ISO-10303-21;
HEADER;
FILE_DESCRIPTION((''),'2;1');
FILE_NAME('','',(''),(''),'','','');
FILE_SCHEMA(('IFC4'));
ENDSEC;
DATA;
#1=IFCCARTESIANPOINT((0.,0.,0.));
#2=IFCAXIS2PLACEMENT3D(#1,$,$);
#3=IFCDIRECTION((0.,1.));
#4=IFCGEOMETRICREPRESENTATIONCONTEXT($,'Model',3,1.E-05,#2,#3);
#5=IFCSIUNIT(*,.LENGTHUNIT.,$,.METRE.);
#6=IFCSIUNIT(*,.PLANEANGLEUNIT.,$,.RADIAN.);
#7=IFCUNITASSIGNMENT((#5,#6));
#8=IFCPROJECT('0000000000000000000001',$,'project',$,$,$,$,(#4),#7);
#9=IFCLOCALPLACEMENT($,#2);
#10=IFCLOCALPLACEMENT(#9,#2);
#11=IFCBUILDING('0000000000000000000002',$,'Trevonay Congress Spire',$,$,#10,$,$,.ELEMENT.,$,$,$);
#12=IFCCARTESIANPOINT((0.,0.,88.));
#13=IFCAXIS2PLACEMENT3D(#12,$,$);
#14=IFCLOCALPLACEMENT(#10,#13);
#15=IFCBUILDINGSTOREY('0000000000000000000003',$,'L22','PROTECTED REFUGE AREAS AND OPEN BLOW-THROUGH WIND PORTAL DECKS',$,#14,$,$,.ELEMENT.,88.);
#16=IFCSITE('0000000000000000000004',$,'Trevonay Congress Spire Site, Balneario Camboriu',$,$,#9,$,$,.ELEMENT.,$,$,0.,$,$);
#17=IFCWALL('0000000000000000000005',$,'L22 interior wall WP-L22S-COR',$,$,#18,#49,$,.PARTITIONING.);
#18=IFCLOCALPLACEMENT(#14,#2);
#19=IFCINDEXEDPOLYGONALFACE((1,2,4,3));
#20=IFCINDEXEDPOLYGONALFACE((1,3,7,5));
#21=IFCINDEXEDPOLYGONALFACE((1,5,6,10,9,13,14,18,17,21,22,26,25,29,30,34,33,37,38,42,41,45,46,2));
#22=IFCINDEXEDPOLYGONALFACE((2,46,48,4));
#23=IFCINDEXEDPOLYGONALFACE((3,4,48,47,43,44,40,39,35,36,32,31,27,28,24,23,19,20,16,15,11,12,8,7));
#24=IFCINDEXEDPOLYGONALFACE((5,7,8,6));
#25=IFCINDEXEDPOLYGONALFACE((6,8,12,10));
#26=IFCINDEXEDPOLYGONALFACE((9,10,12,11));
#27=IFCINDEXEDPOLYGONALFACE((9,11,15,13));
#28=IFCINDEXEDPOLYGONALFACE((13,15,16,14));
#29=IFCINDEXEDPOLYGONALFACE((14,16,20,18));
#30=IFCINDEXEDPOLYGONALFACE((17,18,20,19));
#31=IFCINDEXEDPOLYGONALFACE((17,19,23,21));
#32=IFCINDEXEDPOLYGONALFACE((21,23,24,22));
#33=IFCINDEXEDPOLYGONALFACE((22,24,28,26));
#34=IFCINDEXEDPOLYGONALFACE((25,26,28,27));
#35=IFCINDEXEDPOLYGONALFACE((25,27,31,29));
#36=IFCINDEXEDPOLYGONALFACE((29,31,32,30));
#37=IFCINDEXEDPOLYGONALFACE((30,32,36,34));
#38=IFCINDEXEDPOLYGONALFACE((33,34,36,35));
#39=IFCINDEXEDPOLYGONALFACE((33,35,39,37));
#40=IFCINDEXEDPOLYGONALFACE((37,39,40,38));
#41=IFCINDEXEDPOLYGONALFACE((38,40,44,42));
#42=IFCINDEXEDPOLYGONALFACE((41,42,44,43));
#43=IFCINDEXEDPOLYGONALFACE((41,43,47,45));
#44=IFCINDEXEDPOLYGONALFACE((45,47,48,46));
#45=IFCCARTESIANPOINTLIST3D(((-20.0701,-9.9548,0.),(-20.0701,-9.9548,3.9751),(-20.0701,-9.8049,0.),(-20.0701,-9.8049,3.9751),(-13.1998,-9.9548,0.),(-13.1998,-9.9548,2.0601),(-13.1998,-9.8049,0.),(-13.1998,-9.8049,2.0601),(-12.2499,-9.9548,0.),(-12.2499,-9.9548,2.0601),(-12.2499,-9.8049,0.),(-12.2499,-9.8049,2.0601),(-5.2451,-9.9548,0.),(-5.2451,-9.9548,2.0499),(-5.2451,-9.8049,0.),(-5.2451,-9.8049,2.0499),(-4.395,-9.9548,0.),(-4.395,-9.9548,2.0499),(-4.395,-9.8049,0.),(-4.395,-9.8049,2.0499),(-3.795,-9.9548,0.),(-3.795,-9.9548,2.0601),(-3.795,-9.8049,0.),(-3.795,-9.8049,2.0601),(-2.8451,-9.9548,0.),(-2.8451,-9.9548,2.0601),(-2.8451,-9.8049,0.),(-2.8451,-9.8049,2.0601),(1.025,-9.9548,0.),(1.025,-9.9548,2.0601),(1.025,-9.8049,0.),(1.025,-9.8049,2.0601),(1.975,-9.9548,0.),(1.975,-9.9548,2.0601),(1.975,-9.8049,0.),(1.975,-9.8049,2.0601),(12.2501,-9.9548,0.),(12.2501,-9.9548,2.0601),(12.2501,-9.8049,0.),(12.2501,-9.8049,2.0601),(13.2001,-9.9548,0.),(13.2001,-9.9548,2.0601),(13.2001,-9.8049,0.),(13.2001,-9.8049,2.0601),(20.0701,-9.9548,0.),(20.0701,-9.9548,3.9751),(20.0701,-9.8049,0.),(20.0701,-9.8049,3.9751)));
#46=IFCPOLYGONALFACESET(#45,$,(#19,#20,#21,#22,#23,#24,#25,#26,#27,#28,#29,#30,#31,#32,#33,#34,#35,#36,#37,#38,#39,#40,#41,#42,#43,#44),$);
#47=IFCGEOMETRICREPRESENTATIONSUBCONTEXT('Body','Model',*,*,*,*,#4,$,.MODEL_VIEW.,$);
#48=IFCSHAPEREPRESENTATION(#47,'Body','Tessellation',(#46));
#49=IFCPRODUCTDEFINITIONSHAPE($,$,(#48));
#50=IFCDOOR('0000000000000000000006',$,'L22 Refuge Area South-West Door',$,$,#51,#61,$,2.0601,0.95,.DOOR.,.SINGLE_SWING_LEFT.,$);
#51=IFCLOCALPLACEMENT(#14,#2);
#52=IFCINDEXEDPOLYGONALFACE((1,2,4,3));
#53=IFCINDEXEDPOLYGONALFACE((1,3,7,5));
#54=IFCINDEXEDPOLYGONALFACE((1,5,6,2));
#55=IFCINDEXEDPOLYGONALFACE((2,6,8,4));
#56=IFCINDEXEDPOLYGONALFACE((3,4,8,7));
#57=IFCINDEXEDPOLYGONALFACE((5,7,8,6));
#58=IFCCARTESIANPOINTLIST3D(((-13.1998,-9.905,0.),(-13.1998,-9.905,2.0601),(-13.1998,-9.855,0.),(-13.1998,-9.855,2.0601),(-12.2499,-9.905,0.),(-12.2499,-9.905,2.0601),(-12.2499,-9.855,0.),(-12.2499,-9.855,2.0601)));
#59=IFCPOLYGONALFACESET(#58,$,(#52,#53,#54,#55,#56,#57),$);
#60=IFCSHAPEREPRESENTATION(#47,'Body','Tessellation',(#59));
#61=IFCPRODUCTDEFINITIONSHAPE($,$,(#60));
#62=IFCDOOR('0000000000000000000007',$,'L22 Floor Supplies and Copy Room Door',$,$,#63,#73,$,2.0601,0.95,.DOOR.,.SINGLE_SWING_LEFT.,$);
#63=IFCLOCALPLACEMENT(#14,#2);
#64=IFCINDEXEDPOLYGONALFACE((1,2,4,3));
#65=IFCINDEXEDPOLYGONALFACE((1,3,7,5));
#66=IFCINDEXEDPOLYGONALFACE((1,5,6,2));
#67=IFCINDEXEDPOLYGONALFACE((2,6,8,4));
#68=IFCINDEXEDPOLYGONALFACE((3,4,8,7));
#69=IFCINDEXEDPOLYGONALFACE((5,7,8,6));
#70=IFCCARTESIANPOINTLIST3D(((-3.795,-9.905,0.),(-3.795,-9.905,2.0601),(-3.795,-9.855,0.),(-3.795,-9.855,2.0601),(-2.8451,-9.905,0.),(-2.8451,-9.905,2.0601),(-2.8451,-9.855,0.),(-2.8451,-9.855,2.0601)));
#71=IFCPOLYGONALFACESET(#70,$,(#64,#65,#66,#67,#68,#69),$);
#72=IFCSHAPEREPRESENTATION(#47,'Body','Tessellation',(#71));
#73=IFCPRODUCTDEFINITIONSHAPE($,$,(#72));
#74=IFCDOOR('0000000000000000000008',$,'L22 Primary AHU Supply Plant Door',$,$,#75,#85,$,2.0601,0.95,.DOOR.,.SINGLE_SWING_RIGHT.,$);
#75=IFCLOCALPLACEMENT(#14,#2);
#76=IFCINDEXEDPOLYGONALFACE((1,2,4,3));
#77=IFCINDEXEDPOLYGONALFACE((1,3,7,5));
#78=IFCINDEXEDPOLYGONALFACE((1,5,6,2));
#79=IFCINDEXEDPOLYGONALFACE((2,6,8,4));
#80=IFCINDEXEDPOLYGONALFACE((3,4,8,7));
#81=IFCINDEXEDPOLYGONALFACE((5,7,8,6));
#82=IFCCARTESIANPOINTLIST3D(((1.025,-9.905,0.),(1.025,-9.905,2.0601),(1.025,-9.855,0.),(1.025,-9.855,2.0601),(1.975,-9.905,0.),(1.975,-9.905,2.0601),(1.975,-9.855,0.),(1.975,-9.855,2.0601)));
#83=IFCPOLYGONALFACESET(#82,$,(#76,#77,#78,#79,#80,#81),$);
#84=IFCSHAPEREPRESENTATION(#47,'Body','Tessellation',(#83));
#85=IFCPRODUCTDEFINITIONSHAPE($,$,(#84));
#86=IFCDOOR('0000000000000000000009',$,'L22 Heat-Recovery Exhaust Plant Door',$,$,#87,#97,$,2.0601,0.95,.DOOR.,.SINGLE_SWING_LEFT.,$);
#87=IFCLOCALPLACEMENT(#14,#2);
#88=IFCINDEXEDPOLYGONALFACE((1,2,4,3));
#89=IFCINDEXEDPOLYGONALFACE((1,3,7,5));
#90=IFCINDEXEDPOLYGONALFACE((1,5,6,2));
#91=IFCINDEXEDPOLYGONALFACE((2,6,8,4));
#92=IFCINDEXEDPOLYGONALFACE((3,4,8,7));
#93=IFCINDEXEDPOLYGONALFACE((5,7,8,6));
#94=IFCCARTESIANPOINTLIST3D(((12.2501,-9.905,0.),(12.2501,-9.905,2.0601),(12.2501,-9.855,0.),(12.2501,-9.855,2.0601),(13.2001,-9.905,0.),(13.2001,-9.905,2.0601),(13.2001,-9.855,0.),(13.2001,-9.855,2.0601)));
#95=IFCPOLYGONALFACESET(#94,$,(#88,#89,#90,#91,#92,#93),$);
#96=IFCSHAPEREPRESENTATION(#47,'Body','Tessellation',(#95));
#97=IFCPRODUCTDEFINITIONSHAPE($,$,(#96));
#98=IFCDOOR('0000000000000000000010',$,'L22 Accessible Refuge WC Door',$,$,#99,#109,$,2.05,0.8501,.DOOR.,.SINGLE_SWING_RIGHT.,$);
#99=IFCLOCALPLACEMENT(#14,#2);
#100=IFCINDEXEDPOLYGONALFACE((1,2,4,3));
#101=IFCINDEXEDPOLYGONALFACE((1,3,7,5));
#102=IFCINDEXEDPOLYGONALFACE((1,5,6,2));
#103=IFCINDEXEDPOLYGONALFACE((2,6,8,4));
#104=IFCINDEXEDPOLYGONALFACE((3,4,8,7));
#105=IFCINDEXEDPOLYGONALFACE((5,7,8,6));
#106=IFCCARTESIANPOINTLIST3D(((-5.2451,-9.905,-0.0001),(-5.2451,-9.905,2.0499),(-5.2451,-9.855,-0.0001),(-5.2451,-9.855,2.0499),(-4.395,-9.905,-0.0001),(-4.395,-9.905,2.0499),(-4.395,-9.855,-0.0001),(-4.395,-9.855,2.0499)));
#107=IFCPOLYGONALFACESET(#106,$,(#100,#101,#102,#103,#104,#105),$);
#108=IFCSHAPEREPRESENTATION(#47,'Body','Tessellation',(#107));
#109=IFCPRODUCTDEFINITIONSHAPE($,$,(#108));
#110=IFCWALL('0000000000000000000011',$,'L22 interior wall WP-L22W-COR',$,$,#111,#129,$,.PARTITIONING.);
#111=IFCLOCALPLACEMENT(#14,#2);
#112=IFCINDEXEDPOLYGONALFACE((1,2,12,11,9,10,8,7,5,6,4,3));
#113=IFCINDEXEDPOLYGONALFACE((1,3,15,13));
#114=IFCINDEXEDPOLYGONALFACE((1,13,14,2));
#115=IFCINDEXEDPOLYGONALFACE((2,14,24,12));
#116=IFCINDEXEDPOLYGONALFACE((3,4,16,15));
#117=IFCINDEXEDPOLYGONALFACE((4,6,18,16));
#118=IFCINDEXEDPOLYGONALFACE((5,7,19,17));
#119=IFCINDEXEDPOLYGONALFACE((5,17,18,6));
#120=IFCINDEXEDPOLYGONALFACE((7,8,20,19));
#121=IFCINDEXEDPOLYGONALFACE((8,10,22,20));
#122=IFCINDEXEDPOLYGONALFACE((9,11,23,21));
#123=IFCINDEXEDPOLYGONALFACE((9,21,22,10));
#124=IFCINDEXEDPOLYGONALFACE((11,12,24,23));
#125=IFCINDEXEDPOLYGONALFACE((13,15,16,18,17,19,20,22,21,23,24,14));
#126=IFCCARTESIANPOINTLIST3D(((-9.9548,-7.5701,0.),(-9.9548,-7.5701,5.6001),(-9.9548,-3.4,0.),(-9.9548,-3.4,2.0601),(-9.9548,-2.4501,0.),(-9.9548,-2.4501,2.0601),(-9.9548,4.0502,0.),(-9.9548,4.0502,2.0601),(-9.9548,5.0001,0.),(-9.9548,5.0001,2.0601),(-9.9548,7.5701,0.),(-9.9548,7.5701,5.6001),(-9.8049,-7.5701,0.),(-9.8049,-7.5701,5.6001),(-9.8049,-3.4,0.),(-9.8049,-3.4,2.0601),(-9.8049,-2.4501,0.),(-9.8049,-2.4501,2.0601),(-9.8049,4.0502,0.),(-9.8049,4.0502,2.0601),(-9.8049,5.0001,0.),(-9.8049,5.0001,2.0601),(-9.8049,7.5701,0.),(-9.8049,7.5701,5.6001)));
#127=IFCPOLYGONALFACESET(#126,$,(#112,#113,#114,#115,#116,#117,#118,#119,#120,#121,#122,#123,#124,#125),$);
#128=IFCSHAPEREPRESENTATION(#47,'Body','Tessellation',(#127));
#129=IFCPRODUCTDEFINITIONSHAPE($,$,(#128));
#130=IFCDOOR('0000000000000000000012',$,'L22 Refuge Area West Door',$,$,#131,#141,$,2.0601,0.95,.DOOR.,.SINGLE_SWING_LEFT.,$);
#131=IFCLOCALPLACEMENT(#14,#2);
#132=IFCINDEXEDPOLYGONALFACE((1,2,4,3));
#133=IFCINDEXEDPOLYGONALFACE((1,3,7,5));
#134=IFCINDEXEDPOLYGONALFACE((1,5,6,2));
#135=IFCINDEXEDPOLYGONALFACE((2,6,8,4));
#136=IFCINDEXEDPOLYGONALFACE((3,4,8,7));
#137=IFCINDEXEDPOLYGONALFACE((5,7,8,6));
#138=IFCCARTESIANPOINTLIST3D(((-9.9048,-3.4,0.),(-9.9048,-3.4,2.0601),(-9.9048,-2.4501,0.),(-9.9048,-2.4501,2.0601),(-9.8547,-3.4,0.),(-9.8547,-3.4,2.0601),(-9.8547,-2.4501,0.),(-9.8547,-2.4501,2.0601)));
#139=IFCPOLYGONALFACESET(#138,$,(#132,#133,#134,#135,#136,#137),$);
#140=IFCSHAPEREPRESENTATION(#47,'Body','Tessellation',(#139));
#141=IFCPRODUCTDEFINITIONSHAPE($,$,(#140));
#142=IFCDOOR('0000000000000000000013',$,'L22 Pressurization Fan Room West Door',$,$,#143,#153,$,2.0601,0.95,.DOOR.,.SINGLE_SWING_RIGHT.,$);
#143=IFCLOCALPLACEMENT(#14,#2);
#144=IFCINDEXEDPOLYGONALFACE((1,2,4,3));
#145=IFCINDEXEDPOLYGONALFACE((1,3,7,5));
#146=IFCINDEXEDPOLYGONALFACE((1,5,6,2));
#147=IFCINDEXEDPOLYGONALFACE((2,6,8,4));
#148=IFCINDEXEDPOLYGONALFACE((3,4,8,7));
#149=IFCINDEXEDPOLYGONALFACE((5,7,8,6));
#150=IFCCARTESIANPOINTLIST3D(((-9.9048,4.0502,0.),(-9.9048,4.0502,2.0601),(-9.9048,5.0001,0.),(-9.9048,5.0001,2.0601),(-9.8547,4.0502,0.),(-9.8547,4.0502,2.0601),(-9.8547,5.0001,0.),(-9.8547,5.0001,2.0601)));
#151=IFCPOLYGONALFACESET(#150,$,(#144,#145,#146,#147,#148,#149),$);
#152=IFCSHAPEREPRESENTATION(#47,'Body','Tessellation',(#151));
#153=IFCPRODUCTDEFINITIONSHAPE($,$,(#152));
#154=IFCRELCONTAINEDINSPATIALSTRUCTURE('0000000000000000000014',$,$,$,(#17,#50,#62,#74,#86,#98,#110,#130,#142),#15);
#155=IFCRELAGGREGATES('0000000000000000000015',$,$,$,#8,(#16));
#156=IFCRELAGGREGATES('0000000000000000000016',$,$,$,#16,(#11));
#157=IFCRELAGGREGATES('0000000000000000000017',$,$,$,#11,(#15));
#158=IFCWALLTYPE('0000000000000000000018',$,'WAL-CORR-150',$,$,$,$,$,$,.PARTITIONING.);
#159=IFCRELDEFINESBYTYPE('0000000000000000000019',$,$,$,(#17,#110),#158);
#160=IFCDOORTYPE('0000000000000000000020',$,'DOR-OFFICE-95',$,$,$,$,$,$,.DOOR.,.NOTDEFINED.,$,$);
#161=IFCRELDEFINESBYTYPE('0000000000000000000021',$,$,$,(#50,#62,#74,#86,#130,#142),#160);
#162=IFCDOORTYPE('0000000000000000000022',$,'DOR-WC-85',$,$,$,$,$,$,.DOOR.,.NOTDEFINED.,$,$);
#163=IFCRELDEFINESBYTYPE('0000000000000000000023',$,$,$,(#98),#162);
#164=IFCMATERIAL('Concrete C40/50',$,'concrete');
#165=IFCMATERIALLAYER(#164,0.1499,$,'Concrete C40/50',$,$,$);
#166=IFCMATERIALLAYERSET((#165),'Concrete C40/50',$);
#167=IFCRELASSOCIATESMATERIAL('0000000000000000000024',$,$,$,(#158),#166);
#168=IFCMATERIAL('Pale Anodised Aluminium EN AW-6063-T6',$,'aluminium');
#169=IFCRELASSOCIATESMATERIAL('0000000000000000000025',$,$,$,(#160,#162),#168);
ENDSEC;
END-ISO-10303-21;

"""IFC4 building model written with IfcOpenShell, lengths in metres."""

from ifc_helpers import new_model, si_unit, direction, frame, frame_2d, origin, place, context, subcontext, project, spatial, rectangle, extrude, material, layer, layer_set, type_object, element, fill, save


model = new_model("IFC4")

# Units and contexts
model_context = context("Model", 3, precision=1e-05, world=origin(), true_north=direction((0.0, 1.0)))
body_context = subcontext(model_context, "Body", "Model", "MODEL_VIEW")
ifc_project = project(units=[si_unit("LENGTHUNIT", "METRE"), si_unit("PLANEANGLEUNIT", "RADIAN")], contexts=[model_context])

# Site, building, storey
site_placement = place(None, origin())
site = spatial("IfcSite", under=ifc_project, at=site_placement, Name="Trevonay Congress Spire Site, Balneario Camboriu", CompositionType="ELEMENT", RefElevation=0.0)
building_placement = place(site_placement, origin())
building = spatial("IfcBuilding", under=site, at=building_placement, Name="Trevonay Congress Spire", CompositionType="ELEMENT")
storey_placement = place(building_placement, frame((0.0, 0.0, 88.0)))
storey = spatial("IfcBuildingStorey", under=building, at=storey_placement, Name="L22", Description="PROTECTED REFUGE AREAS AND OPEN BLOW-THROUGH WIND PORTAL DECKS", CompositionType="ELEMENT", Elevation=88.0)

# Walls, openings, doors
ifc_material_1 = material(Name="Concrete C40/50", Category="concrete")
ifc_layer_1 = layer(ifc_material_1, 0.1499, Name="Concrete C40/50")
ifc_layer_set_1 = layer_set([ifc_layer_1], Name="Concrete C40/50")
wall_type_1 = type_object("IfcWallType", Name="WAL-CORR-150", PredefinedType="PARTITIONING", material=ifc_layer_set_1)
wall_1_placement = place(storey_placement, frame((-20.0701, -9.8799, 0.0), z_axis=(0.0, 0.0, 1.0), x_axis=(1.0, 0.0, 0.0)))
wall_1 = element("IfcWall", 1, at=wall_1_placement, inside=storey, type_object=wall_type_1, Name="L22 interior wall WP-L22S-COR", PredefinedType="PARTITIONING", context=body_context, shape_type="SweptSolid", body=[
    extrude(rectangle(XDim=40.1401, YDim=0.1499, at=frame_2d((20.0701, 0.0))), origin(), (0.0, 0.0, 1.0), 3.9751),
])
opening_1_placement = place(wall_1_placement, frame((6.8701, 0.0, 0.0)))
opening_1 = element("IfcOpeningElement", 2, at=opening_1_placement, cuts=wall_1, PredefinedType="OPENING", context=body_context, shape_type="SweptSolid", body=[
    extrude(rectangle(XDim=0.95, YDim=2.0601, at=frame_2d((0.4751, 1.03))), frame((0.0, 0.085, 0.0), z_axis=(0.0, -1.0, 0.0), x_axis=(1.0, 0.0, 0.0)), (0.0, 0.0, 1.0), 0.1699),
])
opening_2_placement = place(wall_1_placement, frame((14.825, 0.0, 0.0)))
opening_2 = element("IfcOpeningElement", 3, at=opening_2_placement, cuts=wall_1, PredefinedType="OPENING", context=body_context, shape_type="SweptSolid", body=[
    extrude(rectangle(XDim=0.8501, YDim=2.05, at=frame_2d((0.425, 1.0249))), frame((0.0, 0.085, 0.0), z_axis=(0.0, -1.0, 0.0), x_axis=(1.0, 0.0, 0.0)), (0.0, 0.0, 1.0), 0.1699),
])
opening_3_placement = place(wall_1_placement, frame((16.2749, 0.0, 0.0)))
opening_3 = element("IfcOpeningElement", 4, at=opening_3_placement, cuts=wall_1, PredefinedType="OPENING", context=body_context, shape_type="SweptSolid", body=[
    extrude(rectangle(XDim=0.95, YDim=2.0601, at=frame_2d((0.4751, 1.03))), frame((0.0, 0.085, 0.0), z_axis=(0.0, -1.0, 0.0), x_axis=(1.0, 0.0, 0.0)), (0.0, 0.0, 1.0), 0.1699),
])
opening_4_placement = place(wall_1_placement, frame((21.095, 0.0, 0.0)))
opening_4 = element("IfcOpeningElement", 5, at=opening_4_placement, cuts=wall_1, PredefinedType="OPENING", context=body_context, shape_type="SweptSolid", body=[
    extrude(rectangle(XDim=0.95, YDim=2.0601, at=frame_2d((0.4751, 1.03))), frame((0.0, 0.085, 0.0), z_axis=(0.0, -1.0, 0.0), x_axis=(1.0, 0.0, 0.0)), (0.0, 0.0, 1.0), 0.1699),
])
opening_5_placement = place(wall_1_placement, frame((32.3201, 0.0, 0.0)))
opening_5 = element("IfcOpeningElement", 6, at=opening_5_placement, cuts=wall_1, PredefinedType="OPENING", context=body_context, shape_type="SweptSolid", body=[
    extrude(rectangle(XDim=0.95, YDim=2.0601, at=frame_2d((0.4751, 1.03))), frame((0.0, 0.085, 0.0), z_axis=(0.0, -1.0, 0.0), x_axis=(1.0, 0.0, 0.0)), (0.0, 0.0, 1.0), 0.1699),
])
ifc_material_2 = material(Name="Pale Anodised Aluminium EN AW-6063-T6", Category="aluminium")
door_type_1 = type_object("IfcDoorType", Name="DOR-OFFICE-95", OperationType="NOTDEFINED", PredefinedType="DOOR", material=ifc_material_2)
door_1_placement = place(opening_1_placement, origin())
door_1 = element("IfcDoor", 7, at=door_1_placement, inside=storey, type_object=door_type_1, Name="L22 Refuge Area South-West Door", OperationType="SINGLE_SWING_LEFT", OverallHeight=2.0601, OverallWidth=0.95, PredefinedType="DOOR", context=body_context, shape_type="SweptSolid", body=[
    extrude(rectangle(XDim=0.95, YDim=2.0601, at=frame_2d((0.4751, 1.03))), frame((0.0, 0.0249, 0.0), z_axis=(0.0, -1.0, 0.0), x_axis=(1.0, 0.0, 0.0)), (0.0, 0.0, 1.0), 0.05),
])
fill(opening_1, door_1)
door_2_placement = place(opening_3_placement, origin())
door_2 = element("IfcDoor", 8, at=door_2_placement, inside=storey, type_object=door_type_1, Name="L22 Floor Supplies and Copy Room Door", OperationType="SINGLE_SWING_LEFT", OverallHeight=2.0601, OverallWidth=0.95, PredefinedType="DOOR", context=body_context, shape_type="SweptSolid", body=[
    extrude(rectangle(XDim=0.95, YDim=2.0601, at=frame_2d((0.4751, 1.03))), frame((0.0, 0.0249, 0.0), z_axis=(0.0, -1.0, 0.0), x_axis=(1.0, 0.0, 0.0)), (0.0, 0.0, 1.0), 0.05),
])
fill(opening_3, door_2)
door_3_placement = place(opening_4_placement, origin())
door_3 = element("IfcDoor", 9, at=door_3_placement, inside=storey, type_object=door_type_1, Name="L22 Primary AHU Supply Plant Door", OperationType="SINGLE_SWING_RIGHT", OverallHeight=2.0601, OverallWidth=0.95, PredefinedType="DOOR", context=body_context, shape_type="SweptSolid", body=[
    extrude(rectangle(XDim=0.95, YDim=2.0601, at=frame_2d((0.4751, 1.03))), frame((0.0, 0.0249, 0.0), z_axis=(0.0, -1.0, 0.0), x_axis=(1.0, 0.0, 0.0)), (0.0, 0.0, 1.0), 0.05),
])
fill(opening_4, door_3)
door_4_placement = place(opening_5_placement, origin())
door_4 = element("IfcDoor", 10, at=door_4_placement, inside=storey, type_object=door_type_1, Name="L22 Heat-Recovery Exhaust Plant Door", OperationType="SINGLE_SWING_LEFT", OverallHeight=2.0601, OverallWidth=0.95, PredefinedType="DOOR", context=body_context, shape_type="SweptSolid", body=[
    extrude(rectangle(XDim=0.95, YDim=2.0601, at=frame_2d((0.4751, 1.03))), frame((0.0, 0.0249, 0.0), z_axis=(0.0, -1.0, 0.0), x_axis=(1.0, 0.0, 0.0)), (0.0, 0.0, 1.0), 0.05),
])
fill(opening_5, door_4)
door_type_2 = type_object("IfcDoorType", Name="DOR-WC-85", OperationType="NOTDEFINED", PredefinedType="DOOR", material=ifc_material_2)
door_5_placement = place(opening_2_placement, origin())
door_5 = element("IfcDoor", 11, at=door_5_placement, inside=storey, type_object=door_type_2, Name="L22 Accessible Refuge WC Door", OperationType="SINGLE_SWING_RIGHT", OverallHeight=2.05, OverallWidth=0.8501, PredefinedType="DOOR", context=body_context, shape_type="SweptSolid", body=[
    extrude(rectangle(XDim=0.8501, YDim=2.05, at=frame_2d((0.425, 1.0249))), frame((0.0, 0.0249, 0.0), z_axis=(0.0, -1.0, 0.0), x_axis=(1.0, 0.0, 0.0)), (0.0, 0.0, 1.0), 0.05),
])
fill(opening_2, door_5)
wall_2_placement = place(storey_placement, frame((-9.8799, -7.5701, 0.0), z_axis=(0.0, 0.0, 1.0), x_axis=(0.0, 1.0, 0.0)))
wall_2 = element("IfcWall", 12, at=wall_2_placement, inside=storey, type_object=wall_type_1, Name="L22 interior wall WP-L22W-COR", PredefinedType="PARTITIONING", context=body_context, shape_type="SweptSolid", body=[
    extrude(rectangle(XDim=15.1401, YDim=0.1499, at=frame_2d((7.5701, 0.0))), origin(), (0.0, 0.0, 1.0), 5.6001),
])
opening_6_placement = place(wall_2_placement, frame((4.1699, 0.0, 0.0)))
opening_6 = element("IfcOpeningElement", 13, at=opening_6_placement, cuts=wall_2, PredefinedType="OPENING", context=body_context, shape_type="SweptSolid", body=[
    extrude(rectangle(XDim=0.95, YDim=2.0601, at=frame_2d((0.4751, 1.03))), frame((0.0, 0.085, 0.0), z_axis=(0.0, -1.0, 0.0), x_axis=(1.0, 0.0, 0.0)), (0.0, 0.0, 1.0), 0.1699),
])
opening_7_placement = place(wall_2_placement, frame((11.6201, 0.0, 0.0)))
opening_7 = element("IfcOpeningElement", 14, at=opening_7_placement, cuts=wall_2, PredefinedType="OPENING", context=body_context, shape_type="SweptSolid", body=[
    extrude(rectangle(XDim=0.95, YDim=2.0601, at=frame_2d((0.4751, 1.03))), frame((0.0, 0.085, 0.0), z_axis=(0.0, -1.0, 0.0), x_axis=(1.0, 0.0, 0.0)), (0.0, 0.0, 1.0), 0.1699),
])
door_6_placement = place(opening_6_placement, origin())
door_6 = element("IfcDoor", 15, at=door_6_placement, inside=storey, type_object=door_type_1, Name="L22 Refuge Area West Door", OperationType="SINGLE_SWING_LEFT", OverallHeight=2.0601, OverallWidth=0.95, PredefinedType="DOOR", context=body_context, shape_type="SweptSolid", body=[
    extrude(rectangle(XDim=0.95, YDim=2.0601, at=frame_2d((0.4751, 1.03))), frame((0.0, 0.0249, 0.0), z_axis=(0.0, -1.0, 0.0), x_axis=(1.0, 0.0, 0.0)), (0.0, 0.0, 1.0), 0.05),
])
fill(opening_6, door_6)
door_7_placement = place(opening_7_placement, origin())
door_7 = element("IfcDoor", 16, at=door_7_placement, inside=storey, type_object=door_type_1, Name="L22 Pressurization Fan Room West Door", OperationType="SINGLE_SWING_RIGHT", OverallHeight=2.0601, OverallWidth=0.95, PredefinedType="DOOR", context=body_context, shape_type="SweptSolid", body=[
    extrude(rectangle(XDim=0.95, YDim=2.0601, at=frame_2d((0.4751, 1.03))), frame((0.0, 0.0249, 0.0), z_axis=(0.0, -1.0, 0.0), x_axis=(1.0, 0.0, 0.0)), (0.0, 0.0, 1.0), 0.05),
])
fill(opening_7, door_7)

save(model, "model.ifc")
